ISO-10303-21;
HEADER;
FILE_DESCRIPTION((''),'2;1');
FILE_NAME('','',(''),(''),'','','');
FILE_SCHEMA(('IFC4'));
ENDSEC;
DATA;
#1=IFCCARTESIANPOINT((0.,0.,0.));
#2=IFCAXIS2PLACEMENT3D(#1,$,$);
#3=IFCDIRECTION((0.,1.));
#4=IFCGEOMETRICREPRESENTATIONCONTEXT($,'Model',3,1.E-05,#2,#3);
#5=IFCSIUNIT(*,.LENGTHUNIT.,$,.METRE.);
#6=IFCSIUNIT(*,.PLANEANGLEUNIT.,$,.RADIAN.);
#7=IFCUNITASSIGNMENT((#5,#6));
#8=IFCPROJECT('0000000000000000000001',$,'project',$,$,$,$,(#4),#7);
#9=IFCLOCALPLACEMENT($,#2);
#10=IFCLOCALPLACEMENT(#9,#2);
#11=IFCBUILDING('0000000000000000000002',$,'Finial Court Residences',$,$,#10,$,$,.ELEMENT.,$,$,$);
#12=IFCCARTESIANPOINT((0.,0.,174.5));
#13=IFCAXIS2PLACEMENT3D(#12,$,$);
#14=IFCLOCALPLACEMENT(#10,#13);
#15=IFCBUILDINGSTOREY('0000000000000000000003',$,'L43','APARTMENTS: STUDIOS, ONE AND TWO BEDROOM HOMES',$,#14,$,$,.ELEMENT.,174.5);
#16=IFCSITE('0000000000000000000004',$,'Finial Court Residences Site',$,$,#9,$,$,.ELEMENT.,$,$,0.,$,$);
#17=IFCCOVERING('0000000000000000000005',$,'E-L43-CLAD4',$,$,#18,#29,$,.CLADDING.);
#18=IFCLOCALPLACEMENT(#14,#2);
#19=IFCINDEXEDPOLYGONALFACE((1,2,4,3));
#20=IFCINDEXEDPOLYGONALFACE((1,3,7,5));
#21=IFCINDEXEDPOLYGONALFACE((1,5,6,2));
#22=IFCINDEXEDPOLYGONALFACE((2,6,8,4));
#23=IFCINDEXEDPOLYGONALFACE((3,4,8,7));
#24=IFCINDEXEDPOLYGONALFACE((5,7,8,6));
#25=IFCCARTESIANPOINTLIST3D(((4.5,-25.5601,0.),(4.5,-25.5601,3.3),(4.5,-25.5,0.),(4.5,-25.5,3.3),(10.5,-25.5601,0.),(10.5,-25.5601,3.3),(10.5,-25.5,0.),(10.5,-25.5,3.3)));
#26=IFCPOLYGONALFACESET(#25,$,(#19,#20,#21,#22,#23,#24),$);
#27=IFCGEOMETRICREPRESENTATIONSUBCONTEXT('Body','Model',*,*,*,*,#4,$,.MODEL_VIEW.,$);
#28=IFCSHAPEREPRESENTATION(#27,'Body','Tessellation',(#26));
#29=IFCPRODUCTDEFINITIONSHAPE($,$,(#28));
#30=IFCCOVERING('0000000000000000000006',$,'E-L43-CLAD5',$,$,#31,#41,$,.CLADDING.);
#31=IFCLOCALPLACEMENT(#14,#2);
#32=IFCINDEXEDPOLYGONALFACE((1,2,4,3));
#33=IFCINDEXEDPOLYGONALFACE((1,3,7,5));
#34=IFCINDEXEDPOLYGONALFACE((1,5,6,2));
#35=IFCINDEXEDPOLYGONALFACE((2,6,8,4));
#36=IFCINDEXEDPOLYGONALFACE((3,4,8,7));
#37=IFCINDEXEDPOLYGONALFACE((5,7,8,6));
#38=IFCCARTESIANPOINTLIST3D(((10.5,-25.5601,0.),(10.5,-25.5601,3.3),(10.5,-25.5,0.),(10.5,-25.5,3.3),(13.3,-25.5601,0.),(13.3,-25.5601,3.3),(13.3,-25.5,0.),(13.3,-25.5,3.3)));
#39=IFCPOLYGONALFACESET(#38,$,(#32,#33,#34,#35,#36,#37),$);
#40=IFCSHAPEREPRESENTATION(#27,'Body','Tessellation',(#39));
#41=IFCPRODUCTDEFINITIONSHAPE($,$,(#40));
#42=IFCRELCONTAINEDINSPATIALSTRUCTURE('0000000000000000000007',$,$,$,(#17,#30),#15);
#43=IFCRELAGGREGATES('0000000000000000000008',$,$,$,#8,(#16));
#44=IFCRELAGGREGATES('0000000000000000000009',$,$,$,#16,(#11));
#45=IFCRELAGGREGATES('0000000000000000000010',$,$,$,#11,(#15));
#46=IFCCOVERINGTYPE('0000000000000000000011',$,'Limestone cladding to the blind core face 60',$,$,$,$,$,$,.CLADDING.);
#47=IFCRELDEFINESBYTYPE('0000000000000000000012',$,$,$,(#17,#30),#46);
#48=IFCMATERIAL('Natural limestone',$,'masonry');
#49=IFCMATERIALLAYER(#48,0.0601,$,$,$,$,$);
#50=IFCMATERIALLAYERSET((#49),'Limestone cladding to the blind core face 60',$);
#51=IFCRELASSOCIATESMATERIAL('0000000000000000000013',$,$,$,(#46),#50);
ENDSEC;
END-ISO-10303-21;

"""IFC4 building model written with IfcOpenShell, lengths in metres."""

from ifc_helpers import new_model, si_unit, direction, frame, origin, place, context, subcontext, project, spatial, polyline, outline, extrude, material, layer, layer_set, type_object, element, save


model = new_model("IFC4")

# Units and contexts
model_context = context("Model", 3, precision=1e-05, world=origin(), true_north=direction((0.0, 1.0)))
body_context = subcontext(model_context, "Body", "Model", "MODEL_VIEW")
ifc_project = project(units=[si_unit("LENGTHUNIT", "METRE"), si_unit("PLANEANGLEUNIT", "RADIAN")], contexts=[model_context])

# Site, building, storey
site_placement = place(None, origin())
site = spatial("IfcSite", under=ifc_project, at=site_placement, Name="Finial Court Residences Site", CompositionType="ELEMENT", RefElevation=0.0)
building_placement = place(site_placement, origin())
building = spatial("IfcBuilding", under=site, at=building_placement, Name="Finial Court Residences", CompositionType="ELEMENT")
storey_placement = place(building_placement, frame((0.0, 0.0, 174.5)))
storey = spatial("IfcBuildingStorey", under=building, at=storey_placement, Name="L43", Description="APARTMENTS: STUDIOS, ONE AND TWO BEDROOM HOMES", CompositionType="ELEMENT", Elevation=174.5)

# Coverings
ifc_material_1 = material(Name="Natural limestone", Category="masonry")
ifc_layer_1 = layer(ifc_material_1, 0.0601)
ifc_layer_set_1 = layer_set([ifc_layer_1], Name="Limestone cladding to the blind core face 60")
covering_type = type_object("IfcCoveringType", Name="Limestone cladding to the blind core face 60", PredefinedType="CLADDING", material=ifc_layer_set_1)
covering_1_placement = place(storey_placement, origin())
element("IfcCovering", 1, at=covering_1_placement, inside=storey, type_object=covering_type, Name="E-L43-CLAD4", PredefinedType="CLADDING", context=body_context, shape_type="SweptSolid", body=[
    extrude(outline(polyline([(10.5, -25.5601), (10.5, -25.5), (4.5, -25.5), (4.5, -25.5601), (10.5, -25.5601)])), origin(), (0.0, 0.0, 1.0), 3.3),
])
covering_2_placement = place(storey_placement, origin())
element("IfcCovering", 2, at=covering_2_placement, inside=storey, type_object=covering_type, Name="E-L43-CLAD5", PredefinedType="CLADDING", context=body_context, shape_type="SweptSolid", body=[
    extrude(outline(polyline([(13.3, -25.5601), (13.3, -25.5), (10.5, -25.5), (10.5, -25.5601), (13.3, -25.5601)])), origin(), (0.0, 0.0, 1.0), 3.3),
])

save(model, "model.ifc")
